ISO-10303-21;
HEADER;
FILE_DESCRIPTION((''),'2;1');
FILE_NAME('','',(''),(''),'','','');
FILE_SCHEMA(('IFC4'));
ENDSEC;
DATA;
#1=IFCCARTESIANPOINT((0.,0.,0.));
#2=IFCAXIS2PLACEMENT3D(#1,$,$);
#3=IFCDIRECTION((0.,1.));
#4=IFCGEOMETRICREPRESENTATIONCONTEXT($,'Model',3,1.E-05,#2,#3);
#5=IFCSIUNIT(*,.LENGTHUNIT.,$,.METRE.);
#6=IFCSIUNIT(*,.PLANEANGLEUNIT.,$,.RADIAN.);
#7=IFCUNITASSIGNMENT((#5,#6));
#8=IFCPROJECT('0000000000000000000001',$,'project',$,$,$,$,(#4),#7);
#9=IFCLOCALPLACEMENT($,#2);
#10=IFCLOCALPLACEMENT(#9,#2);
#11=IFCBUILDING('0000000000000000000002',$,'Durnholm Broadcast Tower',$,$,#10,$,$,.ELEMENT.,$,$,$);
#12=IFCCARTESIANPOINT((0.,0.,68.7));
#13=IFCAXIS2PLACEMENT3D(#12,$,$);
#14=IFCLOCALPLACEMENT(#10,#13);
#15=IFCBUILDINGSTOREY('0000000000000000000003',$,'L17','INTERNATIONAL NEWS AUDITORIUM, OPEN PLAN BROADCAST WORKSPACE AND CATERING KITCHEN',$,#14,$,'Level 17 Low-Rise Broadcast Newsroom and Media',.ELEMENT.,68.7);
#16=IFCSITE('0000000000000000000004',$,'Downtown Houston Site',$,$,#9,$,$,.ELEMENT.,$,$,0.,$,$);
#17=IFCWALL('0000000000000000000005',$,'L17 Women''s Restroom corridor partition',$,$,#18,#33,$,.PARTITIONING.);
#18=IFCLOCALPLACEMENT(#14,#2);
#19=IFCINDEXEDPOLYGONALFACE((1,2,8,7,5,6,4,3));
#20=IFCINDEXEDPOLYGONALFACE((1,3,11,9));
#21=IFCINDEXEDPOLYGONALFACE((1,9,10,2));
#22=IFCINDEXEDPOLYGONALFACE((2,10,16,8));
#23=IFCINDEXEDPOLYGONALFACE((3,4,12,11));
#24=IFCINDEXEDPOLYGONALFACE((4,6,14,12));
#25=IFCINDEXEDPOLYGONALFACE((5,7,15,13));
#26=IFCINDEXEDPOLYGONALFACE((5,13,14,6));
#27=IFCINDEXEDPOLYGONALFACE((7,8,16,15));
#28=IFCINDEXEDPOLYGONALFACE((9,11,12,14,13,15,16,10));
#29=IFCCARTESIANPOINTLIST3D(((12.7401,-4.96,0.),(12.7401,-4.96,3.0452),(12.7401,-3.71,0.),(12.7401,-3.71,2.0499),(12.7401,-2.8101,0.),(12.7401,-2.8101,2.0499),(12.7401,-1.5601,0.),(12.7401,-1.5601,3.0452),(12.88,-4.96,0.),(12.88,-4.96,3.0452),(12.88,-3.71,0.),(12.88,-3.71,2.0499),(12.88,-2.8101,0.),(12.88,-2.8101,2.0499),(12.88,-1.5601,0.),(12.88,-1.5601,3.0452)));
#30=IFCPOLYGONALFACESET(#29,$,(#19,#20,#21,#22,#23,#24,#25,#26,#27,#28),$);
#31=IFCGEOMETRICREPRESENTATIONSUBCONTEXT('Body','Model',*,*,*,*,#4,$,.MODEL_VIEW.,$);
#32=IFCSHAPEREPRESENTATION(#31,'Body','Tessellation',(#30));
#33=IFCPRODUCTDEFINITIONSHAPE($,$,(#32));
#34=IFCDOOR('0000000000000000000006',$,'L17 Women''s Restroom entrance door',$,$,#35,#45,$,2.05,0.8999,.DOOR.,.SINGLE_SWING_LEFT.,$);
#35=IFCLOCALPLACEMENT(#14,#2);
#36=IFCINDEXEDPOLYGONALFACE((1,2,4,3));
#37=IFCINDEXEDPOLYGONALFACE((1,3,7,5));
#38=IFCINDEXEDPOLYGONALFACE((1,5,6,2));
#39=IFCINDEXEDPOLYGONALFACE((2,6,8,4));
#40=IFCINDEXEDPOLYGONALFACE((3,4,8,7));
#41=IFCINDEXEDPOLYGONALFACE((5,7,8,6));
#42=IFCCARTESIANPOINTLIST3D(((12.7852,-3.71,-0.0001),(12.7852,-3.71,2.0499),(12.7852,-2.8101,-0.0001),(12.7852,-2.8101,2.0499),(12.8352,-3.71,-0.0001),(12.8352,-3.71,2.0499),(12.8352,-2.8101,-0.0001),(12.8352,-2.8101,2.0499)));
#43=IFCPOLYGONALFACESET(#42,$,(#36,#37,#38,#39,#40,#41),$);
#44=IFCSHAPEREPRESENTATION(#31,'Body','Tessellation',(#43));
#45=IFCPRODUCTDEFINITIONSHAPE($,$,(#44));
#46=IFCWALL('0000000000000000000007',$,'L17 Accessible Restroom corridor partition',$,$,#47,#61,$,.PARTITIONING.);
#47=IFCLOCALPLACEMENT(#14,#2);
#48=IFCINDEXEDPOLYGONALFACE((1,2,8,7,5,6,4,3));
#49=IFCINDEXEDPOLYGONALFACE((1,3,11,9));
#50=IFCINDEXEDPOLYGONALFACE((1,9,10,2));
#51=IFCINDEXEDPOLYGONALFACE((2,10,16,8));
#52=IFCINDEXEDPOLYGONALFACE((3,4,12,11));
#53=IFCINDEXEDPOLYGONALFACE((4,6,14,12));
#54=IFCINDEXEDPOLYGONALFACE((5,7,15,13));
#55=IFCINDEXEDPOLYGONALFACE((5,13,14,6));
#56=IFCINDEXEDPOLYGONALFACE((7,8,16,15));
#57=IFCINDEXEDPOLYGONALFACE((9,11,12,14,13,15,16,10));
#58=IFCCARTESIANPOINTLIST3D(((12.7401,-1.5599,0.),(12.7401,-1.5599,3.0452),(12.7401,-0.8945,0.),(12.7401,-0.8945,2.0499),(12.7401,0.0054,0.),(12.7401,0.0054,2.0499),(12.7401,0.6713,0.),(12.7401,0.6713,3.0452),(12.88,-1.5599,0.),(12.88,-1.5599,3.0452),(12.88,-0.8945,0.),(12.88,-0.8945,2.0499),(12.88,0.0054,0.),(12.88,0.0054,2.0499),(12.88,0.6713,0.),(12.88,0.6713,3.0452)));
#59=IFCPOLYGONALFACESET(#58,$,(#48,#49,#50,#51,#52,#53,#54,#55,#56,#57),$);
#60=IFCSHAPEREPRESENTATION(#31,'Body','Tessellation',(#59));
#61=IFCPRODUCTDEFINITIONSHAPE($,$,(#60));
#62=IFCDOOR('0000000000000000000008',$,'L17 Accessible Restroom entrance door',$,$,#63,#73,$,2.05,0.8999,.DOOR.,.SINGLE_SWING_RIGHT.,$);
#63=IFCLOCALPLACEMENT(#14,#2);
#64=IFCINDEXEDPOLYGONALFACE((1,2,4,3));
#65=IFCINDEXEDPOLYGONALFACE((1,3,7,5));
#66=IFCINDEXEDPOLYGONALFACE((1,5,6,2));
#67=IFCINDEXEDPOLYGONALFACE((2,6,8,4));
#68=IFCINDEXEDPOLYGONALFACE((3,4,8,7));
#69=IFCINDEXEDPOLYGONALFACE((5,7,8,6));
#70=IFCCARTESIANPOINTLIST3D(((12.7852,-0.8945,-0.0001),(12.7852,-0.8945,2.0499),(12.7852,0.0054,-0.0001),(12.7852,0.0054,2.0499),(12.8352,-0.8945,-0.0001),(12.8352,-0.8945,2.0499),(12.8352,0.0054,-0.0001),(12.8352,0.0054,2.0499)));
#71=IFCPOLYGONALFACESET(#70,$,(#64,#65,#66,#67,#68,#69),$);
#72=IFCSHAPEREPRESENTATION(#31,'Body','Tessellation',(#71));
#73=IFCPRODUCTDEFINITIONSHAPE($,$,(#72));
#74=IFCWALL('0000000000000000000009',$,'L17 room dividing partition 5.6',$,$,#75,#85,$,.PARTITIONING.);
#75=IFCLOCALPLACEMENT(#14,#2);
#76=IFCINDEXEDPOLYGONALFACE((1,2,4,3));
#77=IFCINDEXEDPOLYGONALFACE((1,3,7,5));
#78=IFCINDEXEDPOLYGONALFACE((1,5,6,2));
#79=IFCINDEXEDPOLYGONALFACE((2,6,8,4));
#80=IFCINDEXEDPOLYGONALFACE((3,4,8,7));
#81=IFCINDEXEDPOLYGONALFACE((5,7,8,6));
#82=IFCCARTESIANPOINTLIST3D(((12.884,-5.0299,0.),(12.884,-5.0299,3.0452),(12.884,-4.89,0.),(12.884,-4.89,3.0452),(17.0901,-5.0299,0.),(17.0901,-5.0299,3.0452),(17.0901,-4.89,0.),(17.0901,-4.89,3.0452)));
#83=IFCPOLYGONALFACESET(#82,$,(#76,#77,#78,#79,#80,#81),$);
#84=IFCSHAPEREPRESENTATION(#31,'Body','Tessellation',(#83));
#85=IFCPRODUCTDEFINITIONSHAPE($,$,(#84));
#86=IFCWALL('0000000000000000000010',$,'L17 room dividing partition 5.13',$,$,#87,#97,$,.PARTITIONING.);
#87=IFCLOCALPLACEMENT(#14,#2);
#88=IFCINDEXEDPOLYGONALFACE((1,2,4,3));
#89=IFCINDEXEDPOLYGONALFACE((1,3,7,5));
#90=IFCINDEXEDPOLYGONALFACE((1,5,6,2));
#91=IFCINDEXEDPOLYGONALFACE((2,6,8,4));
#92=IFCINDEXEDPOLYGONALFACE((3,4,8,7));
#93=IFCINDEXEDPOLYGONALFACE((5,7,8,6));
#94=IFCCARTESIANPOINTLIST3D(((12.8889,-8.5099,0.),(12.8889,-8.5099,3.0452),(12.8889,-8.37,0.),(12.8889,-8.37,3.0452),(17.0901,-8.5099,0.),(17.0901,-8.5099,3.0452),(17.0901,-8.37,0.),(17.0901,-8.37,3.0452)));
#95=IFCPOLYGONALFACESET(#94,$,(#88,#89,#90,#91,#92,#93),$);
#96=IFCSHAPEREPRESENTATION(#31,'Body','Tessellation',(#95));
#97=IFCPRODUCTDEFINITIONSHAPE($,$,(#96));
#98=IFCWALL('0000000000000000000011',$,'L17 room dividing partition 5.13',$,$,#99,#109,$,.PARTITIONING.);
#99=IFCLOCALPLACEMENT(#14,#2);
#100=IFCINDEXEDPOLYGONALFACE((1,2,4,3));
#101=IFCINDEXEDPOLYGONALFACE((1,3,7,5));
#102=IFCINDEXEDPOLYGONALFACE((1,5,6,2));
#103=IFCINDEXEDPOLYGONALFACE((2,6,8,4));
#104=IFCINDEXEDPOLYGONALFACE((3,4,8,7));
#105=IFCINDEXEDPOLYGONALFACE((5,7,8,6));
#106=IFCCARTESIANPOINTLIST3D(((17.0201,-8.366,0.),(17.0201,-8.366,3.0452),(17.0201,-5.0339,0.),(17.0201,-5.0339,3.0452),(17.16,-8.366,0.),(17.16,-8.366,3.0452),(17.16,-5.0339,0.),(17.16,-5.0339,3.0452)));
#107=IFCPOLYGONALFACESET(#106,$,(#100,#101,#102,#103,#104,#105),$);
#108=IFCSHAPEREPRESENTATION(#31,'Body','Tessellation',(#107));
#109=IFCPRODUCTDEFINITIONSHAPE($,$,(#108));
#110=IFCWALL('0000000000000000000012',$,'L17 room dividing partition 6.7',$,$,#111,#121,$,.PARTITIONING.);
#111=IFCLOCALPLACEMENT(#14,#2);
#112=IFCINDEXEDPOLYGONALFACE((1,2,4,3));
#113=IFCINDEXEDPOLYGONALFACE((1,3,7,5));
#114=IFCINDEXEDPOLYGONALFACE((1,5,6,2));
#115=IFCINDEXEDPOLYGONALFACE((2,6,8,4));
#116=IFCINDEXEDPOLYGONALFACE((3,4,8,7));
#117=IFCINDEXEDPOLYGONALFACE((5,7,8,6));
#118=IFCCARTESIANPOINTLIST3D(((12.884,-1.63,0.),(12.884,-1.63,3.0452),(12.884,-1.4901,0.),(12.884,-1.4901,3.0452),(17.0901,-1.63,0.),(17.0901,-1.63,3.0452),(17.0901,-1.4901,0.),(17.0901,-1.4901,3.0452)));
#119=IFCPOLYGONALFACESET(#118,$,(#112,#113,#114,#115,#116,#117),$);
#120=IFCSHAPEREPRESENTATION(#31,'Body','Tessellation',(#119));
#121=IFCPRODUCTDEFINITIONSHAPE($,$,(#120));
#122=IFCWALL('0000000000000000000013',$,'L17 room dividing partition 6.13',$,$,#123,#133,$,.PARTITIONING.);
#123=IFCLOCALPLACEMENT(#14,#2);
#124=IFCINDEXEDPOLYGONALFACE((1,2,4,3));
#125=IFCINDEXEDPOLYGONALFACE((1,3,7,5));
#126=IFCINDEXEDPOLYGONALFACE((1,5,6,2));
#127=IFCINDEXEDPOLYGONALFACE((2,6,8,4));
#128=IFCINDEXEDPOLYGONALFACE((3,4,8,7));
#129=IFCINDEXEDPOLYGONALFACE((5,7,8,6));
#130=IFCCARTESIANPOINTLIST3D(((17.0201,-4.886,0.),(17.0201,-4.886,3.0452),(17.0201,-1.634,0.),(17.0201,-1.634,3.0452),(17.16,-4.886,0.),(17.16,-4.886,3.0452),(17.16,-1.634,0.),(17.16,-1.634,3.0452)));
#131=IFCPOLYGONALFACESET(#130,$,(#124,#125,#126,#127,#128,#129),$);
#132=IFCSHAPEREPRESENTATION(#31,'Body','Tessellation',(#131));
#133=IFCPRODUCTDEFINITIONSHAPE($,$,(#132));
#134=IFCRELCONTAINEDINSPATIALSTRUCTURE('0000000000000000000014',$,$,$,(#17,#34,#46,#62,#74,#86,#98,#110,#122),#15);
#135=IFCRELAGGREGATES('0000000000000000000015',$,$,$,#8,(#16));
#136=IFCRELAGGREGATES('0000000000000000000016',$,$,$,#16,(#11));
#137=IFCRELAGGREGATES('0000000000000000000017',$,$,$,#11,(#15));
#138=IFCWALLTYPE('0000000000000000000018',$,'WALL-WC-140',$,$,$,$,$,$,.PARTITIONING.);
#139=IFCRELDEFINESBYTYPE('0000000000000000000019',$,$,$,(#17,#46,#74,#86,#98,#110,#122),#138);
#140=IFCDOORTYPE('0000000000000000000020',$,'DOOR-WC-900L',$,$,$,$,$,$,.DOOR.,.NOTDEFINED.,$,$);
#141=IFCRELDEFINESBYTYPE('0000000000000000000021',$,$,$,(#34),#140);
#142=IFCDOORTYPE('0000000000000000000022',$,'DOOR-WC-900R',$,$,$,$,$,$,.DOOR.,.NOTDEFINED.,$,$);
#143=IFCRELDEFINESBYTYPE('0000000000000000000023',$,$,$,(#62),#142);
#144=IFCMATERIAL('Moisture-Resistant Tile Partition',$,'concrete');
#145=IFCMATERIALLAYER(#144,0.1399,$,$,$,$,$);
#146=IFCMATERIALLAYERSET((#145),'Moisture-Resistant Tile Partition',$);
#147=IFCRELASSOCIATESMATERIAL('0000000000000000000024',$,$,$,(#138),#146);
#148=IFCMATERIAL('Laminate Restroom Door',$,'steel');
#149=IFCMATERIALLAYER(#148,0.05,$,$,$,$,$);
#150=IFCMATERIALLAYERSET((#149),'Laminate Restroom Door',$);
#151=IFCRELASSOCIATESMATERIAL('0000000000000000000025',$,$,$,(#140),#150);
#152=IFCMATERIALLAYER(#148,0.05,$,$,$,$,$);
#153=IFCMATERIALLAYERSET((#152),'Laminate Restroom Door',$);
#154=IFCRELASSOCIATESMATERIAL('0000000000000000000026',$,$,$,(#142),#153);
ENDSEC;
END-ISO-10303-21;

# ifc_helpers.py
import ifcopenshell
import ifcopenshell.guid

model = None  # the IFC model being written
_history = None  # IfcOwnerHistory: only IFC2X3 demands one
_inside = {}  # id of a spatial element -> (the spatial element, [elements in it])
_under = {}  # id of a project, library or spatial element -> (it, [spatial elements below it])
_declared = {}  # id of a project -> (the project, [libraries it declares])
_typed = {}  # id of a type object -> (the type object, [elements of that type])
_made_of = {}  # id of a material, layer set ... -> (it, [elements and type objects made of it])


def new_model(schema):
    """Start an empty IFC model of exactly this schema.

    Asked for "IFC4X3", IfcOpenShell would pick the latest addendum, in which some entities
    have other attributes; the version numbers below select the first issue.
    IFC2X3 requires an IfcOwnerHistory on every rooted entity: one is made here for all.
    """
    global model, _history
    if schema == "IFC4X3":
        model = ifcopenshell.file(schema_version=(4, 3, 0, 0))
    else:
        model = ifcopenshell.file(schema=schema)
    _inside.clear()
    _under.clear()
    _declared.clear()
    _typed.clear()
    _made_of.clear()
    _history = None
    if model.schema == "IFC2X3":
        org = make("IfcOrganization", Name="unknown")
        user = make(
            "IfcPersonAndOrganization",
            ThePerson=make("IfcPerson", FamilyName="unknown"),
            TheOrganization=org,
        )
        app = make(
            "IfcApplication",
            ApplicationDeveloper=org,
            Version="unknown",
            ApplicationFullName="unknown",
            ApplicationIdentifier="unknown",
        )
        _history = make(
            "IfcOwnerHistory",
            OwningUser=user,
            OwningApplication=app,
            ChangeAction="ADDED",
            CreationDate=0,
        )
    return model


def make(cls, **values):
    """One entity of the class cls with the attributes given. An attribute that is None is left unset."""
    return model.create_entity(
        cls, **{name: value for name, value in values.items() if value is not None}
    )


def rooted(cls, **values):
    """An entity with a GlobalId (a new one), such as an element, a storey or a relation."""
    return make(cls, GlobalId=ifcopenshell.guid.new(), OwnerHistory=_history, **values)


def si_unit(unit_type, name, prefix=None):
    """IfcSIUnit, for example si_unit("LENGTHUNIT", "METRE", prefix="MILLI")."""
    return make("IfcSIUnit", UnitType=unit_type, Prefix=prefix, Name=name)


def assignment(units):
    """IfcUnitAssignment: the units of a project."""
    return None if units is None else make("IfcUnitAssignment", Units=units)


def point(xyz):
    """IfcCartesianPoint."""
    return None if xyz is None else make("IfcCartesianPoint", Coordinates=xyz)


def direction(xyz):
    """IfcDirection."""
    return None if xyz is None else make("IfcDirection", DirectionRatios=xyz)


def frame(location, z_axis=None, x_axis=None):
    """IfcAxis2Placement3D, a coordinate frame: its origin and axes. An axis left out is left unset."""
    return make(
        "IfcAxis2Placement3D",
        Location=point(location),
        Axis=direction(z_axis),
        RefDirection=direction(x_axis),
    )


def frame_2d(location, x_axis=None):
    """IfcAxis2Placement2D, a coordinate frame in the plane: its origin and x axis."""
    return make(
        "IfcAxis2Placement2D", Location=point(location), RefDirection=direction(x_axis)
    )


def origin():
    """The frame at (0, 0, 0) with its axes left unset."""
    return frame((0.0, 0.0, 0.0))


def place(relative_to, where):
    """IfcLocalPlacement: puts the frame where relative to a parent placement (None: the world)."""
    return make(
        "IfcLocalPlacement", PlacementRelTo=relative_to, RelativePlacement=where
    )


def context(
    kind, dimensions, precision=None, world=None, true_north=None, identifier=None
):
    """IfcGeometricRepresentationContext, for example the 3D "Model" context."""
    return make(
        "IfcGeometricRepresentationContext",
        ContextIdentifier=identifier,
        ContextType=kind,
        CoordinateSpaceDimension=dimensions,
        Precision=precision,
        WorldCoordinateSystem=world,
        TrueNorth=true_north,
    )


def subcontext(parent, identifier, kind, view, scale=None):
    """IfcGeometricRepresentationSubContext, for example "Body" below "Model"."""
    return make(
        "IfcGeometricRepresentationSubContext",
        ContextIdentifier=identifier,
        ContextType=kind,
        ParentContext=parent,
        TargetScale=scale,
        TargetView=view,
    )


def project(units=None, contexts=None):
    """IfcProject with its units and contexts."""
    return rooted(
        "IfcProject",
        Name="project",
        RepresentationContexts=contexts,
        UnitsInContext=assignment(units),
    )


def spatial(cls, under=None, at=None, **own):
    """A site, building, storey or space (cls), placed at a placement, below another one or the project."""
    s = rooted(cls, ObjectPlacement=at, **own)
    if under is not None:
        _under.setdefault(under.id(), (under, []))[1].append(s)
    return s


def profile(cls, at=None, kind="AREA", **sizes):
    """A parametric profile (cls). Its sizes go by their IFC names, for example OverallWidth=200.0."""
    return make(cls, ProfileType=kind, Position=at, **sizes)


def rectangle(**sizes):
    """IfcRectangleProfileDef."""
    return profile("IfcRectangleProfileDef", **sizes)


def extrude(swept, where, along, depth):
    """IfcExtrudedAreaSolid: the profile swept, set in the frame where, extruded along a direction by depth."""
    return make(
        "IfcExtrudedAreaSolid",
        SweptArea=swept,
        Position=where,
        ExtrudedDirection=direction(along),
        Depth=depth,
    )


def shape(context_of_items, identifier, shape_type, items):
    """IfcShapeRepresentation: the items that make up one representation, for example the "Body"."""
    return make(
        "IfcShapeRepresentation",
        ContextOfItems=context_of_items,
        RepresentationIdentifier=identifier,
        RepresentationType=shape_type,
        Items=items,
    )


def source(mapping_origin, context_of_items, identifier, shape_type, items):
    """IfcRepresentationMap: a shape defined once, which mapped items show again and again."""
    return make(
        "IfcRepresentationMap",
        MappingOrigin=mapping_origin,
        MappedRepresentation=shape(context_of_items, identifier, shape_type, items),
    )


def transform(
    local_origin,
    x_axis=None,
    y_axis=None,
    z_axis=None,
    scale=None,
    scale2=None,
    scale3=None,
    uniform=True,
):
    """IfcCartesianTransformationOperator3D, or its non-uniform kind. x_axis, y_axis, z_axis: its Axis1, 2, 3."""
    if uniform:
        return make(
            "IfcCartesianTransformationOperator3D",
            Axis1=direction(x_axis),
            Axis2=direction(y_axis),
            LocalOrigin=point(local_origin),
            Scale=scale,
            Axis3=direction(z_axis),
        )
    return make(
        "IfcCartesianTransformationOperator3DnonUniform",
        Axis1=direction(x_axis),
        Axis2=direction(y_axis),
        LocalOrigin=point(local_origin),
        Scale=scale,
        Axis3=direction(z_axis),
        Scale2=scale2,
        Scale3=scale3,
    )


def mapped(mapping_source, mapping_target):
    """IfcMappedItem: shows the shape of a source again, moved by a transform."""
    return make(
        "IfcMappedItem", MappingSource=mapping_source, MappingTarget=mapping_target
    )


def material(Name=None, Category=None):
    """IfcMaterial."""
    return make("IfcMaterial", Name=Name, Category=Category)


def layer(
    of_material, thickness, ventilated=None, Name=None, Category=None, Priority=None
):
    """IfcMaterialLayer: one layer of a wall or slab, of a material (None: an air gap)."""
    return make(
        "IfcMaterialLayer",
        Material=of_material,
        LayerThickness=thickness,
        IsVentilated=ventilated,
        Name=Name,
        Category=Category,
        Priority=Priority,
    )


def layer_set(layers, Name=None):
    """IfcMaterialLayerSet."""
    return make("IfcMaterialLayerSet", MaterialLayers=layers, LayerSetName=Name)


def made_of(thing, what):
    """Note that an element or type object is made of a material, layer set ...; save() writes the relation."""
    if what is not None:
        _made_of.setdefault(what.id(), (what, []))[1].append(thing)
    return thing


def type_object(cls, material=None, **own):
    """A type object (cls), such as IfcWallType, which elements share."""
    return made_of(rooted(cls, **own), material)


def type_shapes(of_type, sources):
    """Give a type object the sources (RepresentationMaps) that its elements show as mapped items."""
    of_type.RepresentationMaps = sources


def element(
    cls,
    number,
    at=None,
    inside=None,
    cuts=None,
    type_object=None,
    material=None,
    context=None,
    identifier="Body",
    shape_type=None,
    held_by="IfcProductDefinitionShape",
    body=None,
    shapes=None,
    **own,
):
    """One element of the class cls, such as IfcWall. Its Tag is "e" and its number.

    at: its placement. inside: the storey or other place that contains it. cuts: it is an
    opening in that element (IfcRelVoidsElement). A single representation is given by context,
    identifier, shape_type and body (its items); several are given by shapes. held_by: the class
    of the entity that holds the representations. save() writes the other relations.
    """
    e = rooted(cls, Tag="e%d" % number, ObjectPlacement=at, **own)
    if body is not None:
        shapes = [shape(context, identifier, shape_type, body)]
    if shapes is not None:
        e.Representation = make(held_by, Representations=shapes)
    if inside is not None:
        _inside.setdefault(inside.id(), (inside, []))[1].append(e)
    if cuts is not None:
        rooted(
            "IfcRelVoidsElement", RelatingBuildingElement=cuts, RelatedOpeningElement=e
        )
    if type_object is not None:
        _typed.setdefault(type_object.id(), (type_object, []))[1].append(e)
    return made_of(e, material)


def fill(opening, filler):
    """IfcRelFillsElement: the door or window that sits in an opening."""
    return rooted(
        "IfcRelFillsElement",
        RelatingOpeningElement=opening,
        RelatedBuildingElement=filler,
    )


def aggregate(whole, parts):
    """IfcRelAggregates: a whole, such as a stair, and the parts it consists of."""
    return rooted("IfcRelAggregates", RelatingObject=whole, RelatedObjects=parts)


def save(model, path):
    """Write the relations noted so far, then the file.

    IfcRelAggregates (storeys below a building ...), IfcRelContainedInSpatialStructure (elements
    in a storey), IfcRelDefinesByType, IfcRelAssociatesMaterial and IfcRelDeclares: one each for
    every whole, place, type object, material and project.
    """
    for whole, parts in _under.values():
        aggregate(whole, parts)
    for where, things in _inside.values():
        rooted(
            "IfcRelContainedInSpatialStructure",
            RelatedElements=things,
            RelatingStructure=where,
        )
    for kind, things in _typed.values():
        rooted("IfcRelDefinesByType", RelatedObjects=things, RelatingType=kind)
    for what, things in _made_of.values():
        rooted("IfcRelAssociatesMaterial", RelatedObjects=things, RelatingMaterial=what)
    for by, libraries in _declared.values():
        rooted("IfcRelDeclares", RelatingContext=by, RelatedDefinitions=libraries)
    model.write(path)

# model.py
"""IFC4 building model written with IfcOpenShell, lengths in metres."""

from ifc_helpers import new_model, si_unit, direction, frame, frame_2d, origin, place, context, subcontext, project, spatial, rectangle, extrude, source, transform, mapped, material, layer, layer_set, type_object, type_shapes, element, fill, save


model = new_model("IFC4")

# Units and contexts
model_context = context("Model", 3, precision=1e-05, world=origin(), true_north=direction((0.0, 1.0)))
body_context = subcontext(model_context, "Body", "Model", "MODEL_VIEW")
ifc_project = project(units=[si_unit("LENGTHUNIT", "METRE"), si_unit("PLANEANGLEUNIT", "RADIAN")], contexts=[model_context])

# Site, building, storey
site_placement = place(None, origin())
site = spatial("IfcSite", under=ifc_project, at=site_placement, Name="Downtown Houston Site", CompositionType="ELEMENT", RefElevation=0.0)
building_placement = place(site_placement, origin())
building = spatial("IfcBuilding", under=site, at=building_placement, Name="Durnholm Broadcast Tower", CompositionType="ELEMENT")
storey_placement = place(building_placement, frame((0.0, 0.0, 68.7)))
storey = spatial("IfcBuildingStorey", under=building, at=storey_placement, Name="L17", Description="INTERNATIONAL NEWS AUDITORIUM, OPEN PLAN BROADCAST WORKSPACE AND CATERING KITCHEN", LongName="Level 17 Low-Rise Broadcast Newsroom and Media", CompositionType="ELEMENT", Elevation=68.7)

# Walls, openings, doors
ifc_material_1 = material(Name="Moisture-Resistant Tile Partition", Category="concrete")
ifc_layer_1 = layer(ifc_material_1, 0.1399)
ifc_layer_set_1 = layer_set([ifc_layer_1], Name="Moisture-Resistant Tile Partition")
wall_type = type_object("IfcWallType", Name="WALL-WC-140", PredefinedType="PARTITIONING", material=ifc_layer_set_1)
wall_1_placement = place(storey_placement, frame((12.8101, -4.96, 0.0), z_axis=(0.0, 0.0, 1.0), x_axis=(0.0, 1.0, 0.0)))
wall_1 = element("IfcWall", 1, at=wall_1_placement, inside=storey, type_object=wall_type, Name="L17 Women's Restroom corridor partition", PredefinedType="PARTITIONING", context=body_context, shape_type="SweptSolid", body=[
    extrude(rectangle(XDim=3.3999, YDim=0.1399, at=frame_2d((1.7, 0.0))), origin(), (0.0, 0.0, 1.0), 3.0452),
])
opening_1_placement = place(wall_1_placement, frame((1.25, 0.0, 0.0)))
opening_1 = element("IfcOpeningElement", 2, at=opening_1_placement, cuts=wall_1, PredefinedType="OPENING", context=body_context, shape_type="SweptSolid", body=[
    extrude(rectangle(XDim=0.8999, YDim=2.05, at=frame_2d((0.45, 1.0249))), frame((0.0, 0.0801, 0.0), z_axis=(0.0, -1.0, 0.0), x_axis=(1.0, 0.0, 0.0)), (0.0, 0.0, 1.0), 0.1599),
])
ifc_material_2 = material(Name="Laminate Restroom Door", Category="steel")
ifc_layer_2 = layer(ifc_material_2, 0.05)
ifc_layer_set_2 = layer_set([ifc_layer_2], Name="Laminate Restroom Door")
door_type_1 = type_object("IfcDoorType", Name="DOOR-WC-900L", OperationType="NOTDEFINED", PredefinedType="DOOR", material=ifc_layer_set_2)
shared_shape_1 = source(origin(), body_context, "Body", "SweptSolid", [
    extrude(rectangle(XDim=0.8999, YDim=2.05, at=frame_2d((0.45, 1.0249))), frame((0.0, 0.0249, 0.0), z_axis=(0.0, -1.0, 0.0), x_axis=(1.0, 0.0, 0.0)), (0.0, 0.0, 1.0), 0.05),
])
type_shapes(door_type_1, [shared_shape_1])
door_1_placement = place(opening_1_placement, origin())
door_1 = element("IfcDoor", 3, at=door_1_placement, inside=storey, type_object=door_type_1, Name="L17 Women's Restroom entrance door", OperationType="SINGLE_SWING_LEFT", OverallHeight=2.05, OverallWidth=0.8999, PredefinedType="DOOR", context=body_context, shape_type="MappedRepresentation", body=[
    mapped(shared_shape_1, transform((0.0, 0.0, 0.0), x_axis=(1.0, 0.0, 0.0), y_axis=(0.0, 1.0, 0.0), z_axis=(0.0, 0.0, 1.0), scale=1.0)),
])
fill(opening_1, door_1)
wall_2_placement = place(storey_placement, frame((12.8101, -1.5601, 0.0), z_axis=(0.0, 0.0, 1.0), x_axis=(0.0, 1.0, 0.0)))
wall_2 = element("IfcWall", 4, at=wall_2_placement, inside=storey, type_object=wall_type, Name="L17 Accessible Restroom corridor partition", PredefinedType="PARTITIONING", context=body_context, shape_type="SweptSolid", body=[
    extrude(rectangle(XDim=2.2312, YDim=0.1399, at=frame_2d((1.1157, 0.0))), origin(), (0.0, 0.0, 1.0), 3.0452),
])
opening_2_placement = place(wall_2_placement, frame((0.6655, 0.0, 0.0)))
opening_2 = element("IfcOpeningElement", 5, at=opening_2_placement, cuts=wall_2, PredefinedType="OPENING", context=body_context, shape_type="SweptSolid", body=[
    extrude(rectangle(XDim=0.8999, YDim=2.05, at=frame_2d((0.45, 1.0249))), frame((0.0, 0.0801, 0.0), z_axis=(0.0, -1.0, 0.0), x_axis=(1.0, 0.0, 0.0)), (0.0, 0.0, 1.0), 0.1599),
])
ifc_layer_3 = layer(ifc_material_2, 0.05)
ifc_layer_set_3 = layer_set([ifc_layer_3], Name="Laminate Restroom Door")
door_type_2 = type_object("IfcDoorType", Name="DOOR-WC-900R", OperationType="NOTDEFINED", PredefinedType="DOOR", material=ifc_layer_set_3)
shared_shape_2 = source(origin(), body_context, "Body", "SweptSolid", [
    extrude(rectangle(XDim=0.8999, YDim=2.05, at=frame_2d((0.45, 1.0249))), frame((0.0, 0.0249, 0.0), z_axis=(0.0, -1.0, 0.0), x_axis=(1.0, 0.0, 0.0)), (0.0, 0.0, 1.0), 0.05),
])
type_shapes(door_type_2, [shared_shape_2])
door_2_placement = place(opening_2_placement, origin())
door_2 = element("IfcDoor", 6, at=door_2_placement, inside=storey, type_object=door_type_2, Name="L17 Accessible Restroom entrance door", OperationType="SINGLE_SWING_RIGHT", OverallHeight=2.05, OverallWidth=0.8999, PredefinedType="DOOR", context=body_context, shape_type="MappedRepresentation", body=[
    mapped(shared_shape_2, transform((0.0, 0.0, 0.0), x_axis=(1.0, 0.0, 0.0), y_axis=(0.0, 1.0, 0.0), z_axis=(0.0, 0.0, 1.0), scale=1.0)),
])
fill(opening_2, door_2)

# Walls
wall_3_placement = place(storey_placement, frame((12.884, -4.96, 0.0), z_axis=(0.0, 0.0, 1.0), x_axis=(1.0, 0.0, 0.0)))
element("IfcWall", 7, at=wall_3_placement, inside=storey, type_object=wall_type, Name="L17 room dividing partition 5.6", PredefinedType="PARTITIONING", context=body_context, shape_type="SweptSolid", body=[
    extrude(rectangle(XDim=4.2061, YDim=0.1399, at=frame_2d((2.103, 0.0))), origin(), (0.0, 0.0, 1.0), 3.0452),
])
wall_4_placement = place(storey_placement, frame((17.0901, -8.4399, 0.0), z_axis=(0.0, 0.0, 1.0), x_axis=(-1.0, 0.0, 0.0)))
element("IfcWall", 8, at=wall_4_placement, inside=storey, type_object=wall_type, Name="L17 room dividing partition 5.13", PredefinedType="PARTITIONING", context=body_context, shape_type="SweptSolid", body=[
    extrude(rectangle(XDim=4.2012, YDim=0.1399, at=frame_2d((2.1006, 0.0))), origin(), (0.0, 0.0, 1.0), 3.0452),
])
wall_5_placement = place(storey_placement, frame((17.0901, -5.0339, 0.0), z_axis=(0.0, 0.0, 1.0), x_axis=(0.0, -1.0, 0.0)))
element("IfcWall", 9, at=wall_5_placement, inside=storey, type_object=wall_type, Name="L17 room dividing partition 5.13", PredefinedType="PARTITIONING", context=body_context, shape_type="SweptSolid", body=[
    extrude(rectangle(XDim=3.332, YDim=0.1399, at=frame_2d((1.666, 0.0))), origin(), (0.0, 0.0, 1.0), 3.0452),
])
wall_6_placement = place(storey_placement, frame((12.884, -1.5601, 0.0), z_axis=(0.0, 0.0, 1.0), x_axis=(1.0, 0.0, 0.0)))
element("IfcWall", 10, at=wall_6_placement, inside=storey, type_object=wall_type, Name="L17 room dividing partition 6.7", PredefinedType="PARTITIONING", context=body_context, shape_type="SweptSolid", body=[
    extrude(rectangle(XDim=4.2061, YDim=0.1399, at=frame_2d((2.103, 0.0))), origin(), (0.0, 0.0, 1.0), 3.0452),
])
wall_7_placement = place(storey_placement, frame((17.0901, -1.634, 0.0), z_axis=(0.0, 0.0, 1.0), x_axis=(0.0, -1.0, 0.0)))
element("IfcWall", 11, at=wall_7_placement, inside=storey, type_object=wall_type, Name="L17 room dividing partition 6.13", PredefinedType="PARTITIONING", context=body_context, shape_type="SweptSolid", body=[
    extrude(rectangle(XDim=3.252, YDim=0.1399, at=frame_2d((1.626, 0.0))), origin(), (0.0, 0.0, 1.0), 3.0452),
])

save(model, "model.ifc")
